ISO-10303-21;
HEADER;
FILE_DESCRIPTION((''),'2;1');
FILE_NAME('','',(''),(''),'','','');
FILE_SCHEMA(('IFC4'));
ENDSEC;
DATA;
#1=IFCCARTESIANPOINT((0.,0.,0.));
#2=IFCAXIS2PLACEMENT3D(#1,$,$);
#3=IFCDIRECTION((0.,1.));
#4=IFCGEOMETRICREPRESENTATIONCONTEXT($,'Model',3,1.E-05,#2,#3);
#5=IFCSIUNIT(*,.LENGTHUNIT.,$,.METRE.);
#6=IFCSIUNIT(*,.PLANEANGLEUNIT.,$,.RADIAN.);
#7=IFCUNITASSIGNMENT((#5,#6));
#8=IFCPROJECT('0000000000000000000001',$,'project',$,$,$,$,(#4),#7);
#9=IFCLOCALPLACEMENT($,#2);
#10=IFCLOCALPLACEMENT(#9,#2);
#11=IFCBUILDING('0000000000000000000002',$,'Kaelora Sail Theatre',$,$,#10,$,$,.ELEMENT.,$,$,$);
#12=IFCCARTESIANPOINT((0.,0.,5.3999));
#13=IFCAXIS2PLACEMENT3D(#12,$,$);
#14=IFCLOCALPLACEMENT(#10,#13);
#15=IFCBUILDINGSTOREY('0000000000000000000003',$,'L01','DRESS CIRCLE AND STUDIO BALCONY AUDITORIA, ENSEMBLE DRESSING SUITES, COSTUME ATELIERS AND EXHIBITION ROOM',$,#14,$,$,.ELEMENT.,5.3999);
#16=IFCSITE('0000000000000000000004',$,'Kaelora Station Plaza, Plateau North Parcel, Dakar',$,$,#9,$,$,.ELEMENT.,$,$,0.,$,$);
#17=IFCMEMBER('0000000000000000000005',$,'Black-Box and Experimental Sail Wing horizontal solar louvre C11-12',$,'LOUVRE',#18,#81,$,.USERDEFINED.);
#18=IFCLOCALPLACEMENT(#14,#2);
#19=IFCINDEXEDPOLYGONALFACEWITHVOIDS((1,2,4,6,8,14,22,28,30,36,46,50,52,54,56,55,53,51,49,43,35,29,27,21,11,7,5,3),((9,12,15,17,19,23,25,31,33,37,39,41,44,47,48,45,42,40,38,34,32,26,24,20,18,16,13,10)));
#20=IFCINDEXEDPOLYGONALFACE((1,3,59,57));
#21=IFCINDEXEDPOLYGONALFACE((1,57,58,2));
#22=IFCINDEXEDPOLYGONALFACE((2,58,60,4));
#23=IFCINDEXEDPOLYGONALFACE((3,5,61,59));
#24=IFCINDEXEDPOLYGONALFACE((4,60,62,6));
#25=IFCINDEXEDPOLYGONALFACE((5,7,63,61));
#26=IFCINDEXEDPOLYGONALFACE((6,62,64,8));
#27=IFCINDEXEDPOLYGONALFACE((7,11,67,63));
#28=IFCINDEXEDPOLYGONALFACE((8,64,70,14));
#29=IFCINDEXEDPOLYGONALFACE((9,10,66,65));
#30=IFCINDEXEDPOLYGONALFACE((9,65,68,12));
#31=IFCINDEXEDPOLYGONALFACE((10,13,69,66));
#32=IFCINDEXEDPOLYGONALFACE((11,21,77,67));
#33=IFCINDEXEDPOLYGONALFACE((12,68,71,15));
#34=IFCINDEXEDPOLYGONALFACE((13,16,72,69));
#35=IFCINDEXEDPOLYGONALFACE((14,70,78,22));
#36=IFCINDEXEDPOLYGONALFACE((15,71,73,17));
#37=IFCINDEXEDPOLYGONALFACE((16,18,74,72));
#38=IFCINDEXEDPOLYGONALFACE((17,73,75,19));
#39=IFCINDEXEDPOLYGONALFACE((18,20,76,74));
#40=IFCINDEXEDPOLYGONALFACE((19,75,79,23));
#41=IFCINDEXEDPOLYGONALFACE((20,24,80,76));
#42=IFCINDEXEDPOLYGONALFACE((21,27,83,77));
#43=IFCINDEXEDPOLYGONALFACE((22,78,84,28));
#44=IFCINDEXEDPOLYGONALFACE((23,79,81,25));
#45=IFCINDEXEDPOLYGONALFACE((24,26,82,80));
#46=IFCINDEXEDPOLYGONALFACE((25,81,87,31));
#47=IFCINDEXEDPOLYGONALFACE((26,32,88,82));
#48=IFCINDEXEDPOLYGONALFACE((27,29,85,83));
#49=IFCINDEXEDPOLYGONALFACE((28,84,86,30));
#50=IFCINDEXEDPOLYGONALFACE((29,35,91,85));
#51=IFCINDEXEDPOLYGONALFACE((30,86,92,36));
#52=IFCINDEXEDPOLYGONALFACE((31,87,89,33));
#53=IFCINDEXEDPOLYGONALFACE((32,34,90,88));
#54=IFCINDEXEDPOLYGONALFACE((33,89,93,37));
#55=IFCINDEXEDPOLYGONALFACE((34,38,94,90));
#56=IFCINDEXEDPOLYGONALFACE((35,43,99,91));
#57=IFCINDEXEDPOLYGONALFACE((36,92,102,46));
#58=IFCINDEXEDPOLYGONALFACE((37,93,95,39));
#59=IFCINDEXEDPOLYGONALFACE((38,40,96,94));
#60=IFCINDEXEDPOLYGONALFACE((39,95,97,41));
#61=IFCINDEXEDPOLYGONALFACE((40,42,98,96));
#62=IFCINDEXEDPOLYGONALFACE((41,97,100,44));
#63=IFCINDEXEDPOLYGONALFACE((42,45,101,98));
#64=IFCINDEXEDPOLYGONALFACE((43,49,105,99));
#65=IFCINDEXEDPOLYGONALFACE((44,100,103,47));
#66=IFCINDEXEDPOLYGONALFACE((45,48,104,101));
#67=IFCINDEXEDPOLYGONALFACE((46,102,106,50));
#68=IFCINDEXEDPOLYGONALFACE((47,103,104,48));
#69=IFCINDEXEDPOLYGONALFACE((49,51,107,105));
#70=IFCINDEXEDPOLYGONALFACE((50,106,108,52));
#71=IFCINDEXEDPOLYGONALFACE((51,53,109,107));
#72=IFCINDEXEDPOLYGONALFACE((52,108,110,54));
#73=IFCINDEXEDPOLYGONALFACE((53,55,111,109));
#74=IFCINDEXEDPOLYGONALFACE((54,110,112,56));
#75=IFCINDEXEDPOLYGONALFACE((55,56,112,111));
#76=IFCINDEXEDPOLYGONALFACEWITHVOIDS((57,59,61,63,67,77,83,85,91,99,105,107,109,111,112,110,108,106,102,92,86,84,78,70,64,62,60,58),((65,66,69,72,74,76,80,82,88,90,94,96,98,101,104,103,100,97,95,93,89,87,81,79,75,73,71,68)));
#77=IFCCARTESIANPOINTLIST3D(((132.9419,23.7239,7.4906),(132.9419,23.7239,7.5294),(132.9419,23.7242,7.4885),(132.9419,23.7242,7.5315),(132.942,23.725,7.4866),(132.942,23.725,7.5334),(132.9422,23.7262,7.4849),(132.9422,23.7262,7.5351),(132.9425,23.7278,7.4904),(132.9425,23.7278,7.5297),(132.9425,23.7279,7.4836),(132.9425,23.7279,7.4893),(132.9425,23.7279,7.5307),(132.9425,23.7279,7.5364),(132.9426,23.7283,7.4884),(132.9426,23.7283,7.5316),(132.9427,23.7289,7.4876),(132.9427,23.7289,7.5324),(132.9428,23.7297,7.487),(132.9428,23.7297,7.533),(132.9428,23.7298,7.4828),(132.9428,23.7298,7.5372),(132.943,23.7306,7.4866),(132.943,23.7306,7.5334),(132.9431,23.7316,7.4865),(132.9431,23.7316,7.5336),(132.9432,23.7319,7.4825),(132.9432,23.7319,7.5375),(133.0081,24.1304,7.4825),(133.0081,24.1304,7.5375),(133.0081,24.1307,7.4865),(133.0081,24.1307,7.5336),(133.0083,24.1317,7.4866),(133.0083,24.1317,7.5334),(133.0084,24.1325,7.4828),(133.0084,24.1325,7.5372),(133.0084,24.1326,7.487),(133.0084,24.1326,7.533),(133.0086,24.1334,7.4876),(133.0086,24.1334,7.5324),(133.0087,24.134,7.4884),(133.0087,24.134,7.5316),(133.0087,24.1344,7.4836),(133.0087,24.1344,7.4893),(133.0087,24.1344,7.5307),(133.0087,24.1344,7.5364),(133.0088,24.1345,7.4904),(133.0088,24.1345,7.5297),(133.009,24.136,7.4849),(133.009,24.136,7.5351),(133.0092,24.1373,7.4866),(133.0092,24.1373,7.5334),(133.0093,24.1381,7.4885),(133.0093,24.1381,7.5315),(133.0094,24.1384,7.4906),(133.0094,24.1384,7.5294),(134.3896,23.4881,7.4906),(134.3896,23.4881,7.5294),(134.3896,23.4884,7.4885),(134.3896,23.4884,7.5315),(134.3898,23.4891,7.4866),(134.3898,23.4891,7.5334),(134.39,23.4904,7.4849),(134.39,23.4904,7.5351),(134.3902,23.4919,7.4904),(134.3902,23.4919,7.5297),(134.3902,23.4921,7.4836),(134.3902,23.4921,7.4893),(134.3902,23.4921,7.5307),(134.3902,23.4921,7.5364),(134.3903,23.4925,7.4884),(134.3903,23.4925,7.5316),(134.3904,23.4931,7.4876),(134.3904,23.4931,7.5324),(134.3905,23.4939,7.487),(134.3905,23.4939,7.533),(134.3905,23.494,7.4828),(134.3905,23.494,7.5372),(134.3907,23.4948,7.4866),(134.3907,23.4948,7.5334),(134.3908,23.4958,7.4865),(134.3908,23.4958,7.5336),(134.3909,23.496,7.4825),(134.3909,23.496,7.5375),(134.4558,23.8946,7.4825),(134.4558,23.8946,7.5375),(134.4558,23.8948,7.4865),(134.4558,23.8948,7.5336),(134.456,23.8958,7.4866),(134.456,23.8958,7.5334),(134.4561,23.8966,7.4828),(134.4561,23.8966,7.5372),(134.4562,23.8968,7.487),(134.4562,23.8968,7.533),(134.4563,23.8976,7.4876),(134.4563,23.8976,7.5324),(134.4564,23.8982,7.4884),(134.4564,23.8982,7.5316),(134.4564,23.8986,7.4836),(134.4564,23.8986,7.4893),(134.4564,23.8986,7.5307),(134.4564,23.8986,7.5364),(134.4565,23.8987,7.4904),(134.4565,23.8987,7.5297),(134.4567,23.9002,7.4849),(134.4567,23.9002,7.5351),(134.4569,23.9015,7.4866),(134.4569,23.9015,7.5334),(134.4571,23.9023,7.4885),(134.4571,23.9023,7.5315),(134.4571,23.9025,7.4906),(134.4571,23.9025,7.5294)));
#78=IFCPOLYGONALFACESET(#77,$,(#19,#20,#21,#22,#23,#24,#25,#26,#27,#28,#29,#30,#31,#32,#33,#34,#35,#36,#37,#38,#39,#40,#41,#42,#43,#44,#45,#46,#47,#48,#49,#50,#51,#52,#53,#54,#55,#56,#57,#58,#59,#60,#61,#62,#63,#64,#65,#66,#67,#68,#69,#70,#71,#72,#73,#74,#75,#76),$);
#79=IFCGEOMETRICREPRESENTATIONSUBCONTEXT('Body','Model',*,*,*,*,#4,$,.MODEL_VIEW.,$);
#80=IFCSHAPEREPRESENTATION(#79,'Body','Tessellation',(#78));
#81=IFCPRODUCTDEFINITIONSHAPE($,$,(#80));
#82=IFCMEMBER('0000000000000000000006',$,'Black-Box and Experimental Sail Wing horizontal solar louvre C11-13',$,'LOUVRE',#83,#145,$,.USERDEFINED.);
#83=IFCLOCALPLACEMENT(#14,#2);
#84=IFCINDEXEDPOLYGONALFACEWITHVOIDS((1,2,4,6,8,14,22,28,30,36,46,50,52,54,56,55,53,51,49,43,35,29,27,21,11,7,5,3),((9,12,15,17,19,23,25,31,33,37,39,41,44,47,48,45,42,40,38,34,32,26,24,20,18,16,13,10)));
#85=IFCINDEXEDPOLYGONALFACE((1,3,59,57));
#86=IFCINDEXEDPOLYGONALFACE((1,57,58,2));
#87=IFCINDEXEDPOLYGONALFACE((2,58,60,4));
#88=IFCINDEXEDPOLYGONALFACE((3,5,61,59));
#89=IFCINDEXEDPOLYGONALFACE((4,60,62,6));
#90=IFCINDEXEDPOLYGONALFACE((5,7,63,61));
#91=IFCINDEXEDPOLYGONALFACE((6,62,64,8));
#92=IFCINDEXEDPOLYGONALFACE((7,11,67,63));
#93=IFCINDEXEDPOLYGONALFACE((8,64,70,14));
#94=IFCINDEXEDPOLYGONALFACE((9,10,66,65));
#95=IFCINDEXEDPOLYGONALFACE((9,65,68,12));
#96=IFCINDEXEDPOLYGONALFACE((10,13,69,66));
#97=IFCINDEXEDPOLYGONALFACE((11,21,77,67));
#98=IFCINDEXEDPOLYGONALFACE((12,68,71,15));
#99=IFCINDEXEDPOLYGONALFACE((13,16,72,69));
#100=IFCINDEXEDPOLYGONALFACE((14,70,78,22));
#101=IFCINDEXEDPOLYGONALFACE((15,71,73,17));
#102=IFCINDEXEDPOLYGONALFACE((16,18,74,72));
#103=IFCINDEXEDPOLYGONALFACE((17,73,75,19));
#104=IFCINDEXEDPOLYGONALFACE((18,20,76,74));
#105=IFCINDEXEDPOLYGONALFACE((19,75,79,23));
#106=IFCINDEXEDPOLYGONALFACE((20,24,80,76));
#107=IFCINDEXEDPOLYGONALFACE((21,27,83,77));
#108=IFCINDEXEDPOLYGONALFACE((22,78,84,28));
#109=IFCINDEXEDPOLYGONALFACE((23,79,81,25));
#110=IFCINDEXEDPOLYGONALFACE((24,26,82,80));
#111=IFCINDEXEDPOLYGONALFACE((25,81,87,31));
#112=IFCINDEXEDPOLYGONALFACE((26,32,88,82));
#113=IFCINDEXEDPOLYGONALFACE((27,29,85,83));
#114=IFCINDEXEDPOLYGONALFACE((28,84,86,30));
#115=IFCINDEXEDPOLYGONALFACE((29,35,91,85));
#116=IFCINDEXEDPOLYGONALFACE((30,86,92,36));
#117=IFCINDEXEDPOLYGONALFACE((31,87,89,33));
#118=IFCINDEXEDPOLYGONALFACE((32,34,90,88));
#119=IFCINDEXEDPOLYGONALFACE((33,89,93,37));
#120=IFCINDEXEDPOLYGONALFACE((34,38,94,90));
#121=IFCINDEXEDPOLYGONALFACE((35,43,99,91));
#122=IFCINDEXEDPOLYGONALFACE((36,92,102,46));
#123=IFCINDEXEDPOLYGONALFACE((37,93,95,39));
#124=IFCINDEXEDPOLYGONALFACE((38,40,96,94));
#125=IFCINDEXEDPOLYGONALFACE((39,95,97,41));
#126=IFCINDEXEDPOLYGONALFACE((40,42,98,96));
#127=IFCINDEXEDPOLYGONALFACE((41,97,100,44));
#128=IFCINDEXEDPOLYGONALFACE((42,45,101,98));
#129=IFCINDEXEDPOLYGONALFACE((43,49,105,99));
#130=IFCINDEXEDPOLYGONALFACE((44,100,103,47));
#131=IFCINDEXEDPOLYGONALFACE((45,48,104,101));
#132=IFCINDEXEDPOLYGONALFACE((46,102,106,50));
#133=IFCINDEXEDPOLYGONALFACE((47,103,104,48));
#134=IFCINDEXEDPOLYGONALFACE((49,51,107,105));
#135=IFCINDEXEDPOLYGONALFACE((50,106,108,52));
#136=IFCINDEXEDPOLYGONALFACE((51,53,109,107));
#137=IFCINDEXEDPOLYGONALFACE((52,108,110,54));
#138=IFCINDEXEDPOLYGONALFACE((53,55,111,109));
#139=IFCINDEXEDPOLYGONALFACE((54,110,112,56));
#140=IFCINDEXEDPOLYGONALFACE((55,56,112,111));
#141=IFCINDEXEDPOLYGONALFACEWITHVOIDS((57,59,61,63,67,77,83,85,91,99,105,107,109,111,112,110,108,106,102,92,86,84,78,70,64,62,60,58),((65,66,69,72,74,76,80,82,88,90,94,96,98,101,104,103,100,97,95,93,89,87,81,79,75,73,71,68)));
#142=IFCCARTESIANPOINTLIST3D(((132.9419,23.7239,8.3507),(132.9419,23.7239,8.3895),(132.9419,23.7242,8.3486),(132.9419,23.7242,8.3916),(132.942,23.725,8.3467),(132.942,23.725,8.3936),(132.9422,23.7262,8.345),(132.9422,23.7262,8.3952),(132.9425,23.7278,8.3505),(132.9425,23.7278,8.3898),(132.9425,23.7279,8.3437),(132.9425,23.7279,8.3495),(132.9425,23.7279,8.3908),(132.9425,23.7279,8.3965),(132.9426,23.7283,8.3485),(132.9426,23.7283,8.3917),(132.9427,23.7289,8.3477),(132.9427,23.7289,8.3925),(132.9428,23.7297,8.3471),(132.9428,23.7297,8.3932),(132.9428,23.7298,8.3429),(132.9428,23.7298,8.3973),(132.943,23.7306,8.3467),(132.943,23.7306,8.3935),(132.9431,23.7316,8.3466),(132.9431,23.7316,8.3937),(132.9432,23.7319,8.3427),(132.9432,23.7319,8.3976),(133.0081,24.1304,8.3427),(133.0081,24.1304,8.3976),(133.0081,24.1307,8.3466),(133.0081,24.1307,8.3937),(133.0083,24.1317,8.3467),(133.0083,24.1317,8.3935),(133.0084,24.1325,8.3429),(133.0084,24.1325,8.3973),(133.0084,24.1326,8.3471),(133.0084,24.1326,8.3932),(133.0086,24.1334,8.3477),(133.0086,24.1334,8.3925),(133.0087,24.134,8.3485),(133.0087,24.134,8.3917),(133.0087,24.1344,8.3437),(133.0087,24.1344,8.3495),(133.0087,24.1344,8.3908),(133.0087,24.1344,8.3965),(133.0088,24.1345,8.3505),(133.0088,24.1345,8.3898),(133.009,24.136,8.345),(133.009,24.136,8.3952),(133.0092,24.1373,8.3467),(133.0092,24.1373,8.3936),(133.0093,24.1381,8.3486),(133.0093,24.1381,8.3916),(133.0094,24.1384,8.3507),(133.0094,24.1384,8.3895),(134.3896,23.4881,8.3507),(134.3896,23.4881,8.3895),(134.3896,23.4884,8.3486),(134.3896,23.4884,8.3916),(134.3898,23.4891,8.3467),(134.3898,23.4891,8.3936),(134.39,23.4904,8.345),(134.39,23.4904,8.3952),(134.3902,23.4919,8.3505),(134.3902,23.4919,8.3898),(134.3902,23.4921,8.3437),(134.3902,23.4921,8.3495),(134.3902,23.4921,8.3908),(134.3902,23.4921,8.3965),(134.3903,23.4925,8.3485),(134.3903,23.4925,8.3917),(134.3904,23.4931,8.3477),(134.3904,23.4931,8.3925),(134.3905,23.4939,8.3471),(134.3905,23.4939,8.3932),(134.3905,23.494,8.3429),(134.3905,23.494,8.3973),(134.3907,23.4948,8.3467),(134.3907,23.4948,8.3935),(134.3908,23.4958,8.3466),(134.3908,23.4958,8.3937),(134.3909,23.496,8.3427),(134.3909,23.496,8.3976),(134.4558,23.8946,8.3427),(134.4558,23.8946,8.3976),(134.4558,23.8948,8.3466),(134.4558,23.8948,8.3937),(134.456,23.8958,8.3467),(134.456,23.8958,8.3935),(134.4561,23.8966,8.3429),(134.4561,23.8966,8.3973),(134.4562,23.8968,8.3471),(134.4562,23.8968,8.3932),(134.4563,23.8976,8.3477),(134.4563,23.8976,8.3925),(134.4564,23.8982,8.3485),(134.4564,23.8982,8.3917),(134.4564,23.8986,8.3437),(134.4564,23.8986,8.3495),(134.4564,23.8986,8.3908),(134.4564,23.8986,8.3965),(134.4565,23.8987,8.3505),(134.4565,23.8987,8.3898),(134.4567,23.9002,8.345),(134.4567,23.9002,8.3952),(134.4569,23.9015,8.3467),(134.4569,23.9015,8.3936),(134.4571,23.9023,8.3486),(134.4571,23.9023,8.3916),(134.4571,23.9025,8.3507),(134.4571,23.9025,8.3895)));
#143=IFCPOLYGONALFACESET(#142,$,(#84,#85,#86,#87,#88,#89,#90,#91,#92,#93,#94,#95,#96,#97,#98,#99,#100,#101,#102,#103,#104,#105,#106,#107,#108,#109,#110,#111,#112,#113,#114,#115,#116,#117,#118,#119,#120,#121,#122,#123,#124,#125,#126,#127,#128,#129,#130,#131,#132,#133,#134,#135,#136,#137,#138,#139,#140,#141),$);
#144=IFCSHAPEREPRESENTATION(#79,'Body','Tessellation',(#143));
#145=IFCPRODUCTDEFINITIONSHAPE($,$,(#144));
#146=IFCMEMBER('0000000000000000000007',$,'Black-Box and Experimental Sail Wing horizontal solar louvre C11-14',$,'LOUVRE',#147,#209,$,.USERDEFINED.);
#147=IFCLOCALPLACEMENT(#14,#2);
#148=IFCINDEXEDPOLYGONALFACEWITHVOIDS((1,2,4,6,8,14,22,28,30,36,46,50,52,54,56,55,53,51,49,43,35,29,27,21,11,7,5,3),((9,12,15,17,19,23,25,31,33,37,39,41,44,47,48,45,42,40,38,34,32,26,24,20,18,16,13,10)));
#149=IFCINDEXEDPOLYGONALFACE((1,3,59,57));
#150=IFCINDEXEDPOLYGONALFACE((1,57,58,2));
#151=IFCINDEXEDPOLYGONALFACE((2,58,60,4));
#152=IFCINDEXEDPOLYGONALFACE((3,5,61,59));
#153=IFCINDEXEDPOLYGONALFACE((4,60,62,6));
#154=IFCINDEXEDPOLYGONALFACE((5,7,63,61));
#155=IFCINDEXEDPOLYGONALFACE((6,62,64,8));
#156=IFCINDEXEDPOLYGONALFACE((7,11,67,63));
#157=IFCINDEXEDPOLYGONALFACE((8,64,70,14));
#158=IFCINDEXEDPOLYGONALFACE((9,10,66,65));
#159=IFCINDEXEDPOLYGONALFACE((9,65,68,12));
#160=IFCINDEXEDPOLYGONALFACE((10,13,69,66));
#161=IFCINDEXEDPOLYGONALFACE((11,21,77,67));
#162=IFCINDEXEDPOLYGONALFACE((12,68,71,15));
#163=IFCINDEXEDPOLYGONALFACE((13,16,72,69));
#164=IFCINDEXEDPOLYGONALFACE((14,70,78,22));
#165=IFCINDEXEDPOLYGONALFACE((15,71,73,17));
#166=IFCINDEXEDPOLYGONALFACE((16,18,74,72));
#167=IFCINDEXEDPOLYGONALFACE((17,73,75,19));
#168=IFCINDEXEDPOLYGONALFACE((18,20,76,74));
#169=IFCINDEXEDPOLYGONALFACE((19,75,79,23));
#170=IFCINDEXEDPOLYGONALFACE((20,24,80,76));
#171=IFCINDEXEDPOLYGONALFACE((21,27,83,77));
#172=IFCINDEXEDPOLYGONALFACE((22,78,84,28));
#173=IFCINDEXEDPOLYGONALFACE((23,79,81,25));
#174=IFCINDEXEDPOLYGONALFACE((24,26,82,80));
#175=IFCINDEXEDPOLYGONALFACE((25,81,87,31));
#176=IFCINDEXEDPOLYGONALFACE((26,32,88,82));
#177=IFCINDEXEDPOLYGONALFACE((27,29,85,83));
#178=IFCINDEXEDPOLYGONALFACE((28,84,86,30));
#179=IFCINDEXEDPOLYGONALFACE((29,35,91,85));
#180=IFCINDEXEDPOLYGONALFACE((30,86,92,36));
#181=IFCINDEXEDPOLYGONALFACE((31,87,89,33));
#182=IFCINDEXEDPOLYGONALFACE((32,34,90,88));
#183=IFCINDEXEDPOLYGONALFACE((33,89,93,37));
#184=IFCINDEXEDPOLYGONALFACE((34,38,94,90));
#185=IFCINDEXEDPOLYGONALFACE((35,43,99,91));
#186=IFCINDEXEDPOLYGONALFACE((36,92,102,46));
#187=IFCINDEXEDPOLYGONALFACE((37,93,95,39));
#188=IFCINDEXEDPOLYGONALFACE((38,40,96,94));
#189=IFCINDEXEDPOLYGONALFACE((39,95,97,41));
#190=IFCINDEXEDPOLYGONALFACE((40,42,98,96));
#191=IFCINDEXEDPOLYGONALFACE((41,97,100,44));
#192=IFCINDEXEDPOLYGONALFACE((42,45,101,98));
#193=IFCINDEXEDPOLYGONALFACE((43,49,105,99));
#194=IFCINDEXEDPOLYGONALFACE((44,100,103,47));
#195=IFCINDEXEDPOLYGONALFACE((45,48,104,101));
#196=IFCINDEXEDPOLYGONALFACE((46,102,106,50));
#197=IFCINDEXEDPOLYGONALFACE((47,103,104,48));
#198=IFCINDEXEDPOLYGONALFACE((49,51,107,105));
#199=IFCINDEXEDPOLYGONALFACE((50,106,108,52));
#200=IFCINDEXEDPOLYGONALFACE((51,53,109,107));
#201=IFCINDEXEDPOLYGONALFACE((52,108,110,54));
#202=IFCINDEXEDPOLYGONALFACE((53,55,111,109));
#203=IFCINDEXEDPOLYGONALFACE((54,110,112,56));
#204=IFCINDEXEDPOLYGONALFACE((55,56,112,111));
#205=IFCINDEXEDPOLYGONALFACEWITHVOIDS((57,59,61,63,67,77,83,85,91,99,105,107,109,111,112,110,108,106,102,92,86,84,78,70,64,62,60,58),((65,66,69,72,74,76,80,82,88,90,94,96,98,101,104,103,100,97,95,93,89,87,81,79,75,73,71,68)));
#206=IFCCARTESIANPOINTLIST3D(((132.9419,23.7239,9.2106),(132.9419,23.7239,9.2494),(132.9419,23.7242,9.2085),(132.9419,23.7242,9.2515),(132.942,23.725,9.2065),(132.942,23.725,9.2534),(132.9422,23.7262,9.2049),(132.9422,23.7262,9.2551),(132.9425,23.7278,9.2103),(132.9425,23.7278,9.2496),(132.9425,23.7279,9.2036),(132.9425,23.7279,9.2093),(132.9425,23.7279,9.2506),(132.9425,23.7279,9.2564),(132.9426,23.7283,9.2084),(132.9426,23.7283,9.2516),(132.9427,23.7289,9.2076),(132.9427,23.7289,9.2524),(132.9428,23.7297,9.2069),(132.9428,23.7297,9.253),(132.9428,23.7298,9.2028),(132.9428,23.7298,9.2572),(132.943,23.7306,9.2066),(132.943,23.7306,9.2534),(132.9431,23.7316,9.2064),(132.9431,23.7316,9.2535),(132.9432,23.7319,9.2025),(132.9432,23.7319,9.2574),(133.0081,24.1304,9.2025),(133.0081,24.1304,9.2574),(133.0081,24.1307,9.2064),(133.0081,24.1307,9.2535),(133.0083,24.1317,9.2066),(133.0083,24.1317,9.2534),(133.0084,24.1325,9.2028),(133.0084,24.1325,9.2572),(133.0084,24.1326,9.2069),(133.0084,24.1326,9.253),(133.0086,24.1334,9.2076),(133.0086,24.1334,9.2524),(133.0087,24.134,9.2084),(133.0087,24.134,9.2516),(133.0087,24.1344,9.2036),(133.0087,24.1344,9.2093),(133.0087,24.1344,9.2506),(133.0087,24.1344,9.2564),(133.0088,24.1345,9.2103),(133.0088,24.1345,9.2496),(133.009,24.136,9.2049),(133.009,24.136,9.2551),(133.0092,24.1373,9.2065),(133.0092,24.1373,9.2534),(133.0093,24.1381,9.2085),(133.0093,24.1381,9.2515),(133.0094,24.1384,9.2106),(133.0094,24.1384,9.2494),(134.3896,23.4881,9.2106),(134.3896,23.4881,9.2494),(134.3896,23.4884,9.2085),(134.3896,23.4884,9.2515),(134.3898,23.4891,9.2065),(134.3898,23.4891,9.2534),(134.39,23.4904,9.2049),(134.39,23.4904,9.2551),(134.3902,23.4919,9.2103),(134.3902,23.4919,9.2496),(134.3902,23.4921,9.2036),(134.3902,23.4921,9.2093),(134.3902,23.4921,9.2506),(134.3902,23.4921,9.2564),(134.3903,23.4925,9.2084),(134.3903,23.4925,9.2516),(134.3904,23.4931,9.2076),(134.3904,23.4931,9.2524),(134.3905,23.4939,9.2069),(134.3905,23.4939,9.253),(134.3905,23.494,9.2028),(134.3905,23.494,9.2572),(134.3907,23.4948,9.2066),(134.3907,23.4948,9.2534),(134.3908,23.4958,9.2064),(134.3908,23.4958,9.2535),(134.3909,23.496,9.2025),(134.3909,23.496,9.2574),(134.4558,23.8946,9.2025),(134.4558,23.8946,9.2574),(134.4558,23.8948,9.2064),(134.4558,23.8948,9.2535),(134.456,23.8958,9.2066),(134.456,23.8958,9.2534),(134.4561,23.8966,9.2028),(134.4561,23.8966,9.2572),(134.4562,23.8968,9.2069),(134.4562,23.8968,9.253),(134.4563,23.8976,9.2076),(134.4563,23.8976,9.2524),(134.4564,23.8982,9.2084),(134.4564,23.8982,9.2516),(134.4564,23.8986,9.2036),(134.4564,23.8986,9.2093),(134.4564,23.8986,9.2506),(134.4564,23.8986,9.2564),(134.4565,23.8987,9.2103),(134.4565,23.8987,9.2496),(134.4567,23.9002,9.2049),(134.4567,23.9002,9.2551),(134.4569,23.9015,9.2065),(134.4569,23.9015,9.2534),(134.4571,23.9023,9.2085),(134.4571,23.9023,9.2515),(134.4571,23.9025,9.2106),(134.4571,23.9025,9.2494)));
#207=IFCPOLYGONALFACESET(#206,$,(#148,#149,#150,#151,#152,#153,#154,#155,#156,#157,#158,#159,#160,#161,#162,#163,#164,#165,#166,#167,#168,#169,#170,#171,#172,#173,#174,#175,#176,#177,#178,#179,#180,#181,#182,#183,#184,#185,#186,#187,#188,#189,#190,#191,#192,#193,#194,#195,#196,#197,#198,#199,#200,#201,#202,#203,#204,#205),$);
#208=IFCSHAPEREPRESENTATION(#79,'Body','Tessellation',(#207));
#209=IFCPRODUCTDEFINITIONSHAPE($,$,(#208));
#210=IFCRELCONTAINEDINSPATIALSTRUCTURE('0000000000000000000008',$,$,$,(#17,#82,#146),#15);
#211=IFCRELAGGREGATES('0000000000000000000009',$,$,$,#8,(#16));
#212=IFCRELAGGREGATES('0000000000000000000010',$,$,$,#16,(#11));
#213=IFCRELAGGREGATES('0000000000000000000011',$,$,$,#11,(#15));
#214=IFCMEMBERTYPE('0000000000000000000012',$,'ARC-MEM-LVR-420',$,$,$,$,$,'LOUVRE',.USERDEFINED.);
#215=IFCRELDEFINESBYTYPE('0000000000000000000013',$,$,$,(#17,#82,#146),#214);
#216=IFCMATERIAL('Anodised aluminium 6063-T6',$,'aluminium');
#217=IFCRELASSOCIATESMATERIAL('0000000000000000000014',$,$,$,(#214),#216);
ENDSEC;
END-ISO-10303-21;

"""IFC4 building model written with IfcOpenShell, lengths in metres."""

from ifc_helpers import new_model, si_unit, direction, frame, origin, origin_2d, place, context, subcontext, project, spatial, hollow_rectangle, extrude, material, material_profile, profile_set, type_object, element, save


model = new_model("IFC4")

# Units and contexts
model_context = context("Model", 3, precision=1e-05, world=origin(), true_north=direction((0.0, 1.0)))
body_context = subcontext(model_context, "Body", "Model", "MODEL_VIEW")
ifc_project = project(units=[si_unit("LENGTHUNIT", "METRE"), si_unit("PLANEANGLEUNIT", "RADIAN")], contexts=[model_context])

# Site, building, storey
site_placement = place(None, origin())
site = spatial("IfcSite", under=ifc_project, at=site_placement, Name="Kaelora Station Plaza, Plateau North Parcel, Dakar", CompositionType="ELEMENT", RefElevation=0.0)
building_placement = place(site_placement, origin())
building = spatial("IfcBuilding", under=site, at=building_placement, Name="Kaelora Sail Theatre", CompositionType="ELEMENT")
storey_placement = place(building_placement, frame((0.0, 0.0, 5.3999)))
storey = spatial("IfcBuildingStorey", under=building, at=storey_placement, Name="L01", Description="DRESS CIRCLE AND STUDIO BALCONY AUDITORIA, ENSEMBLE DRESSING SUITES, COSTUME ATELIERS AND EXHIBITION ROOM", CompositionType="ELEMENT", Elevation=5.3999)

# Members
ifc_material = material(Name="Anodised aluminium 6063-T6", Category="aluminium")
ifc_material_profile = material_profile(ifc_material, hollow_rectangle(XDim=0.4199, YDim=0.0549, WallThickness=0.0039, InnerFilletRadius=0.0039, OuterFilletRadius=0.0081, at=origin_2d()), Name="LOUVRE 420x55x4")
ifc_profile_set = profile_set([ifc_material_profile], Name="Anodised aluminium 6063-T6")
member_type = type_object("IfcMemberType", Name="ARC-MEM-LVR-420", ElementType="LOUVRE", PredefinedType="USERDEFINED", material=ifc_profile_set)
for number, where, z_axis, x_axis, name in (
    (1, (134.4233, 23.6953, 7.51), (-0.98699, 0.160781, 0.0), (-0.160781, -0.98699, 0.0), "Black-Box and Experimental Sail Wing horizontal solar louvre C11-12"),
    (2, (134.4233, 23.6953, 8.3701), (-0.98699, 0.160781, 0.0), (-0.160781, -0.98699, 0.0), "Black-Box and Experimental Sail Wing horizontal solar louvre C11-13"),
    (3, (134.4233, 23.6953, 9.23), (-0.98699, 0.160781, 0.0), (-0.160781, -0.98699, 0.0), "Black-Box and Experimental Sail Wing horizontal solar louvre C11-14"),
):
    element("IfcMember", number, at=place(storey_placement, frame(where, z_axis=z_axis, x_axis=x_axis)), inside=storey, type_object=member_type, Name=name, ObjectType="LOUVRE", PredefinedType="USERDEFINED", context=body_context, shape_type="SweptSolid", body=[
        extrude(hollow_rectangle(XDim=0.4199, YDim=0.0549, WallThickness=0.0039, InnerFilletRadius=0.0039, OuterFilletRadius=0.0081, at=origin_2d()), origin(), (0.0, 0.0, 1.0), 1.4668),
    ])

save(model, "model.ifc")
